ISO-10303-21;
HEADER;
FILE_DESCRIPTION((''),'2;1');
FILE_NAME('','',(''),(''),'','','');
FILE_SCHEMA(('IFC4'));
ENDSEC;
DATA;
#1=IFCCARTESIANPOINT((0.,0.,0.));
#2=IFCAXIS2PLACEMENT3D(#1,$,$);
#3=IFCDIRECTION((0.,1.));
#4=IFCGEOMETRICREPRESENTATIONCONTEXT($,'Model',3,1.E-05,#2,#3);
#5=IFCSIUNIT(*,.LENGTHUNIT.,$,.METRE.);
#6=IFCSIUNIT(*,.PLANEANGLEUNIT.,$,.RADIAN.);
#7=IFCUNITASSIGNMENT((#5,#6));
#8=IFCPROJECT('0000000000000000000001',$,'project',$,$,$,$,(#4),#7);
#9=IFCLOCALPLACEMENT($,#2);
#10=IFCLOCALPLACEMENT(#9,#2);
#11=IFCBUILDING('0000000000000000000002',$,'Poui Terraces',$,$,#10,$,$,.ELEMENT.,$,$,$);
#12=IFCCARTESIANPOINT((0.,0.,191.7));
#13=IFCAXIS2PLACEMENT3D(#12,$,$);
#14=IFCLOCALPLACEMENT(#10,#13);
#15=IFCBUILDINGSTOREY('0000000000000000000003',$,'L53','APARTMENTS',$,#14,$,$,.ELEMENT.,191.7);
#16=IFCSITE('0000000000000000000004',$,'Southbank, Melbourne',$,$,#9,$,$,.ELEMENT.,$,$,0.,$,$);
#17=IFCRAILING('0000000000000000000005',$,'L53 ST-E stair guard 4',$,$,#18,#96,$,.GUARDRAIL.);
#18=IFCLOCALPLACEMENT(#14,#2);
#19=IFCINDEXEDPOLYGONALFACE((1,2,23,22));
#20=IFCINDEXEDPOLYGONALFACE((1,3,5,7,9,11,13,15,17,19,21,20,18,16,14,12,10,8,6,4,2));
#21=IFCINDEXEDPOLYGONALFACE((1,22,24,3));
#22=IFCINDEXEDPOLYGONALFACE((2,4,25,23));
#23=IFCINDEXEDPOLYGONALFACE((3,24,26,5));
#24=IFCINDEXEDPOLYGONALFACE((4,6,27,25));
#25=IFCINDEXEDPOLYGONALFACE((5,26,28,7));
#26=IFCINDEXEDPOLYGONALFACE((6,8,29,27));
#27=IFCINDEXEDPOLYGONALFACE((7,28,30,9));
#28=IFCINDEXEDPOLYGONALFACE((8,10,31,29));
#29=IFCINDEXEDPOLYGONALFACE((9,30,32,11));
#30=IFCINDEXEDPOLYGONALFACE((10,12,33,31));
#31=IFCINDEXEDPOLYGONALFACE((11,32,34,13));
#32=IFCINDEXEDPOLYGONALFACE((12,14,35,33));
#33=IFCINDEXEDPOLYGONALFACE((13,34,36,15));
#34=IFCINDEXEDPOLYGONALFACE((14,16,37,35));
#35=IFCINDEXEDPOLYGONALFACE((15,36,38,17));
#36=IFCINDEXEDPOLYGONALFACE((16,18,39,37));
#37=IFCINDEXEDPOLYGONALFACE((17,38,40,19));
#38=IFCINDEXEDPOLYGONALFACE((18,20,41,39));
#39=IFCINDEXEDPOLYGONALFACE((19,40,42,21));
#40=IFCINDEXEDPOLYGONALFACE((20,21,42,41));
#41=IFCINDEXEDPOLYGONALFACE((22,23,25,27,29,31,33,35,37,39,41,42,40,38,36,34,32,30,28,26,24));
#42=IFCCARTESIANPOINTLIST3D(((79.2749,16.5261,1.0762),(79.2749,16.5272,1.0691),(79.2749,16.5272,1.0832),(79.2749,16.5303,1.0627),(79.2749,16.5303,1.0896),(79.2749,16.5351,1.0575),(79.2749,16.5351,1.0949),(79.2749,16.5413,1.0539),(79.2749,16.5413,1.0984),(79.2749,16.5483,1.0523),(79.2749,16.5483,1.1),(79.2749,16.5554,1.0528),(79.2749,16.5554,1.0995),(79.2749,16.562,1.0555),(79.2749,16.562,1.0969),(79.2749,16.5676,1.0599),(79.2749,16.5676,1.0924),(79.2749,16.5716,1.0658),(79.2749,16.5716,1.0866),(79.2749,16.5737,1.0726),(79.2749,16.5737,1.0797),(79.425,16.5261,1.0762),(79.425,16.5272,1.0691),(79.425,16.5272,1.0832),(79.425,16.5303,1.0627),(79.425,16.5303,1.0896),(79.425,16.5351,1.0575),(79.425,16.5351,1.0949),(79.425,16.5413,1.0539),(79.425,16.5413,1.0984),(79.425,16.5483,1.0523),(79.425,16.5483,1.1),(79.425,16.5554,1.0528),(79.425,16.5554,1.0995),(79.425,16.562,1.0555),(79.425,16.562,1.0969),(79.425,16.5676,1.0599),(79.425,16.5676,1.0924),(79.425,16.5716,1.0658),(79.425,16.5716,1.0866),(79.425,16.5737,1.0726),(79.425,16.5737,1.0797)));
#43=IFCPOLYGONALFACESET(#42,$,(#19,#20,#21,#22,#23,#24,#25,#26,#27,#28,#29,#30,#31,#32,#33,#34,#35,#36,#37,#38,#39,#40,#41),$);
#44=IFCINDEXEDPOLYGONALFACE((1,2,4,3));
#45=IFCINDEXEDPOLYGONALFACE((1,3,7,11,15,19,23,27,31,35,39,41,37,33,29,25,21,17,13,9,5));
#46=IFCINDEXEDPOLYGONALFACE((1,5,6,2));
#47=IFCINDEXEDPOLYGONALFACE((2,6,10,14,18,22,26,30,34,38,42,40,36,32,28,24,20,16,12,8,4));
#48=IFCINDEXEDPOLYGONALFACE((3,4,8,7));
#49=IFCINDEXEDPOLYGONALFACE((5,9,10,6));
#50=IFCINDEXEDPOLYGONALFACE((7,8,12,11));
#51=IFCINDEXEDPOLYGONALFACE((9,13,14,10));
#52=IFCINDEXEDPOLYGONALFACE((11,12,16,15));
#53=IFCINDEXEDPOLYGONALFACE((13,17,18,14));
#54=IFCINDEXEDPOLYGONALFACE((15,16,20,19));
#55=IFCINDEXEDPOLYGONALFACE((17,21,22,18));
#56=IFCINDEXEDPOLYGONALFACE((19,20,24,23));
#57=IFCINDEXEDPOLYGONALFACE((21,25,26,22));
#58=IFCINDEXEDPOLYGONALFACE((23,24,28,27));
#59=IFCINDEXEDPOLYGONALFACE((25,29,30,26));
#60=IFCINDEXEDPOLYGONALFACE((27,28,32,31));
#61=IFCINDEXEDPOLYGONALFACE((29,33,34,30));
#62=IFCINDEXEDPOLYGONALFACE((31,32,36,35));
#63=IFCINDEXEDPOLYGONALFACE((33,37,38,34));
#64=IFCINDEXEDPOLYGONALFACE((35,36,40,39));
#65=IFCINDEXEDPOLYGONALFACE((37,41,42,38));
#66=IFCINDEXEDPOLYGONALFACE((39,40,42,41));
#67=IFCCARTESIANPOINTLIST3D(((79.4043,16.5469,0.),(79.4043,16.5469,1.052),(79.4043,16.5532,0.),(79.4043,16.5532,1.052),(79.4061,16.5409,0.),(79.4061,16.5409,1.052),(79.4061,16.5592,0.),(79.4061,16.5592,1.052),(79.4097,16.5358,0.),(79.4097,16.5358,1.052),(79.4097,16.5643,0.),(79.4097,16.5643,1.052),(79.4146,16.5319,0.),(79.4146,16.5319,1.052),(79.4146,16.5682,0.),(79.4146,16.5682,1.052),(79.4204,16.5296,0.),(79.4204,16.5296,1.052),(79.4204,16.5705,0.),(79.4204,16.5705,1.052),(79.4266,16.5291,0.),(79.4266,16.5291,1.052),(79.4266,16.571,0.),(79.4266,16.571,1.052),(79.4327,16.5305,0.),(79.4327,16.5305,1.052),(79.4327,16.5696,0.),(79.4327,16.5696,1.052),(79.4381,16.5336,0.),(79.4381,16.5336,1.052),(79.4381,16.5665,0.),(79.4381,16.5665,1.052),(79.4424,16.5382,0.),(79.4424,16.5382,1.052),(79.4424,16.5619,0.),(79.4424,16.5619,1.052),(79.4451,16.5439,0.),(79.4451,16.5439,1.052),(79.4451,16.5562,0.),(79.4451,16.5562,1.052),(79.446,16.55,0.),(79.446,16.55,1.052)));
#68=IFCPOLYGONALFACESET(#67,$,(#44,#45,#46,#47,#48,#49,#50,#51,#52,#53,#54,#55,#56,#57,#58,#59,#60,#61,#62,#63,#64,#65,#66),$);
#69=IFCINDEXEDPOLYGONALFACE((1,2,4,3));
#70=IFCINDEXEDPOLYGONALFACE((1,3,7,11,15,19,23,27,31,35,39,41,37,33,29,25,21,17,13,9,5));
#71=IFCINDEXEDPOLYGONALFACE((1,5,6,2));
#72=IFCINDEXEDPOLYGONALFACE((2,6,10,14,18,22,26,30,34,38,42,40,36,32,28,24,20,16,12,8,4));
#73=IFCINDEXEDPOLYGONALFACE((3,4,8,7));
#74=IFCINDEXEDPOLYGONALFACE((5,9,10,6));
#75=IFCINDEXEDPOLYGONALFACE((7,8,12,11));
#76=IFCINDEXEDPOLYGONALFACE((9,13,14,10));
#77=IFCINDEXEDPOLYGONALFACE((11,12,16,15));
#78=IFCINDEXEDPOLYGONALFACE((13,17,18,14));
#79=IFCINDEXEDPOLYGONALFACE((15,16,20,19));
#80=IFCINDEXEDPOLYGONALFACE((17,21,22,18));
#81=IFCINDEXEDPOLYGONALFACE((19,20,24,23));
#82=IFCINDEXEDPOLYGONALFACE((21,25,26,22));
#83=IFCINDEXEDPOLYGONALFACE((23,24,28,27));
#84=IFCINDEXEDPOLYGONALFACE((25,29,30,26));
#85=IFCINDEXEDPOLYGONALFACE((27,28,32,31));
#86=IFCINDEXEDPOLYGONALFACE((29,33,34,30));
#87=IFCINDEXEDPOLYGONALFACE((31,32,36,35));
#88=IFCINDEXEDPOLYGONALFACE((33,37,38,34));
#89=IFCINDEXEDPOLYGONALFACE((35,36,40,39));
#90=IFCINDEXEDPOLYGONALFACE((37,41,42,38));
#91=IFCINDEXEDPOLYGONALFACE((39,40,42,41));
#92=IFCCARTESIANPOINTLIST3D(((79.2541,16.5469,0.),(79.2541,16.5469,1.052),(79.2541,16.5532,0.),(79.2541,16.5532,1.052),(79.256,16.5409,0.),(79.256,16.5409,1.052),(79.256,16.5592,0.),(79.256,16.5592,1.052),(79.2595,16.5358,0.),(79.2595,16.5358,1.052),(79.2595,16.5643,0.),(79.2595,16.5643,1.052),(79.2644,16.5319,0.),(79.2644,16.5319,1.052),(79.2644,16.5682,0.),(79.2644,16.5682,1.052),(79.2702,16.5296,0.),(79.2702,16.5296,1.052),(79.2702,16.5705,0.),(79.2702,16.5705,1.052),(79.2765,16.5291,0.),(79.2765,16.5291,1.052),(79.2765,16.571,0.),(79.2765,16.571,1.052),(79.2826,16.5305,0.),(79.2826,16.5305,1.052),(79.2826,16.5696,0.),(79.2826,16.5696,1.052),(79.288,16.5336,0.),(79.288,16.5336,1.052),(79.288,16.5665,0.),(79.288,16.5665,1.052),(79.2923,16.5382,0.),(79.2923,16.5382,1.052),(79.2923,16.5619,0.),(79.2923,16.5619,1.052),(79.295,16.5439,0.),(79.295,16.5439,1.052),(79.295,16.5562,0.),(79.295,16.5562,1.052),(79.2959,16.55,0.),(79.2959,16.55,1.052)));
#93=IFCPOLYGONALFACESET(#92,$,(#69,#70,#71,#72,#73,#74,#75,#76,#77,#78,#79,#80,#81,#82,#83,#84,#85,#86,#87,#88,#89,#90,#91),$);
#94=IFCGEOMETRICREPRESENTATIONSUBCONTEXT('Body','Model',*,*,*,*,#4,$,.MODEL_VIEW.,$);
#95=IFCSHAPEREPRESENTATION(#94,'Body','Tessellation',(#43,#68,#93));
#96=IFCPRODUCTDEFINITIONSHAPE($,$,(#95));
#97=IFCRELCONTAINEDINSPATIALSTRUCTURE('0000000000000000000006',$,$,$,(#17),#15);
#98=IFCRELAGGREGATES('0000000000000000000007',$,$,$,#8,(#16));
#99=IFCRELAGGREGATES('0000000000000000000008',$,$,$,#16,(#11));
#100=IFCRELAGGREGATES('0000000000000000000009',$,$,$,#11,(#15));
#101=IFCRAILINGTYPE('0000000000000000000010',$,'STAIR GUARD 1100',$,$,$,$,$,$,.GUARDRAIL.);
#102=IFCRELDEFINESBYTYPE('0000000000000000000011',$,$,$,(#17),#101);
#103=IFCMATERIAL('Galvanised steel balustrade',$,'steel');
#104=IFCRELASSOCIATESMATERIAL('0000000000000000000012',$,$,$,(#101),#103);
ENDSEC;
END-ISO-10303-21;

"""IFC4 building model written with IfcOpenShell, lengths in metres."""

from ifc_helpers import new_model, si_unit, direction, frame, origin, origin_2d, place, context, subcontext, project, spatial, circle, extrude, material, type_object, element, save


model = new_model("IFC4")

# Units and contexts
model_context = context("Model", 3, precision=1e-05, world=origin(), true_north=direction((0.0, 1.0)))
body_context = subcontext(model_context, "Body", "Model", "MODEL_VIEW")
ifc_project = project(units=[si_unit("LENGTHUNIT", "METRE"), si_unit("PLANEANGLEUNIT", "RADIAN")], contexts=[model_context])

# Site, building, storey
site_placement = place(None, origin())
site = spatial("IfcSite", under=ifc_project, at=site_placement, Name="Southbank, Melbourne", CompositionType="ELEMENT", RefElevation=0.0)
building_placement = place(site_placement, origin())
building = spatial("IfcBuilding", under=site, at=building_placement, Name="Poui Terraces", CompositionType="ELEMENT")
storey_placement = place(building_placement, frame((0.0, 0.0, 191.7)))
storey = spatial("IfcBuildingStorey", under=building, at=storey_placement, Name="L53", Description="APARTMENTS", CompositionType="ELEMENT", Elevation=191.7)

# Railing
ifc_material_1 = material(Name="Galvanised steel balustrade", Category="steel")
railing_type_1 = type_object("IfcRailingType", Name="STAIR GUARD 1100", PredefinedType="GUARDRAIL", material=ifc_material_1)
railing_1_placement = place(storey_placement, frame((79.425, 16.55, 0.0)))
element("IfcRailing", 1, at=railing_1_placement, inside=storey, type_object=railing_type_1, Name="L53 ST-E stair guard 4", PredefinedType="GUARDRAIL", context=body_context, shape_type="SweptSolid", body=[
    extrude(circle(Radius=0.0239, at=origin_2d()), frame((0.0, 0.0, 1.0762), z_axis=(-1.0, 0.0, 0.0), x_axis=(0.0, -1.0, 0.0)), (0.0, 0.0, 1.0), 0.1501),
    extrude(circle(Radius=0.021, at=origin_2d()), origin(), (0.0, 0.0, 1.0), 1.052),
    extrude(circle(Radius=0.021, at=origin_2d()), frame((-0.1501, 0.0, 0.0)), (0.0, 0.0, 1.0), 1.052),
])

save(model, "model.ifc")
